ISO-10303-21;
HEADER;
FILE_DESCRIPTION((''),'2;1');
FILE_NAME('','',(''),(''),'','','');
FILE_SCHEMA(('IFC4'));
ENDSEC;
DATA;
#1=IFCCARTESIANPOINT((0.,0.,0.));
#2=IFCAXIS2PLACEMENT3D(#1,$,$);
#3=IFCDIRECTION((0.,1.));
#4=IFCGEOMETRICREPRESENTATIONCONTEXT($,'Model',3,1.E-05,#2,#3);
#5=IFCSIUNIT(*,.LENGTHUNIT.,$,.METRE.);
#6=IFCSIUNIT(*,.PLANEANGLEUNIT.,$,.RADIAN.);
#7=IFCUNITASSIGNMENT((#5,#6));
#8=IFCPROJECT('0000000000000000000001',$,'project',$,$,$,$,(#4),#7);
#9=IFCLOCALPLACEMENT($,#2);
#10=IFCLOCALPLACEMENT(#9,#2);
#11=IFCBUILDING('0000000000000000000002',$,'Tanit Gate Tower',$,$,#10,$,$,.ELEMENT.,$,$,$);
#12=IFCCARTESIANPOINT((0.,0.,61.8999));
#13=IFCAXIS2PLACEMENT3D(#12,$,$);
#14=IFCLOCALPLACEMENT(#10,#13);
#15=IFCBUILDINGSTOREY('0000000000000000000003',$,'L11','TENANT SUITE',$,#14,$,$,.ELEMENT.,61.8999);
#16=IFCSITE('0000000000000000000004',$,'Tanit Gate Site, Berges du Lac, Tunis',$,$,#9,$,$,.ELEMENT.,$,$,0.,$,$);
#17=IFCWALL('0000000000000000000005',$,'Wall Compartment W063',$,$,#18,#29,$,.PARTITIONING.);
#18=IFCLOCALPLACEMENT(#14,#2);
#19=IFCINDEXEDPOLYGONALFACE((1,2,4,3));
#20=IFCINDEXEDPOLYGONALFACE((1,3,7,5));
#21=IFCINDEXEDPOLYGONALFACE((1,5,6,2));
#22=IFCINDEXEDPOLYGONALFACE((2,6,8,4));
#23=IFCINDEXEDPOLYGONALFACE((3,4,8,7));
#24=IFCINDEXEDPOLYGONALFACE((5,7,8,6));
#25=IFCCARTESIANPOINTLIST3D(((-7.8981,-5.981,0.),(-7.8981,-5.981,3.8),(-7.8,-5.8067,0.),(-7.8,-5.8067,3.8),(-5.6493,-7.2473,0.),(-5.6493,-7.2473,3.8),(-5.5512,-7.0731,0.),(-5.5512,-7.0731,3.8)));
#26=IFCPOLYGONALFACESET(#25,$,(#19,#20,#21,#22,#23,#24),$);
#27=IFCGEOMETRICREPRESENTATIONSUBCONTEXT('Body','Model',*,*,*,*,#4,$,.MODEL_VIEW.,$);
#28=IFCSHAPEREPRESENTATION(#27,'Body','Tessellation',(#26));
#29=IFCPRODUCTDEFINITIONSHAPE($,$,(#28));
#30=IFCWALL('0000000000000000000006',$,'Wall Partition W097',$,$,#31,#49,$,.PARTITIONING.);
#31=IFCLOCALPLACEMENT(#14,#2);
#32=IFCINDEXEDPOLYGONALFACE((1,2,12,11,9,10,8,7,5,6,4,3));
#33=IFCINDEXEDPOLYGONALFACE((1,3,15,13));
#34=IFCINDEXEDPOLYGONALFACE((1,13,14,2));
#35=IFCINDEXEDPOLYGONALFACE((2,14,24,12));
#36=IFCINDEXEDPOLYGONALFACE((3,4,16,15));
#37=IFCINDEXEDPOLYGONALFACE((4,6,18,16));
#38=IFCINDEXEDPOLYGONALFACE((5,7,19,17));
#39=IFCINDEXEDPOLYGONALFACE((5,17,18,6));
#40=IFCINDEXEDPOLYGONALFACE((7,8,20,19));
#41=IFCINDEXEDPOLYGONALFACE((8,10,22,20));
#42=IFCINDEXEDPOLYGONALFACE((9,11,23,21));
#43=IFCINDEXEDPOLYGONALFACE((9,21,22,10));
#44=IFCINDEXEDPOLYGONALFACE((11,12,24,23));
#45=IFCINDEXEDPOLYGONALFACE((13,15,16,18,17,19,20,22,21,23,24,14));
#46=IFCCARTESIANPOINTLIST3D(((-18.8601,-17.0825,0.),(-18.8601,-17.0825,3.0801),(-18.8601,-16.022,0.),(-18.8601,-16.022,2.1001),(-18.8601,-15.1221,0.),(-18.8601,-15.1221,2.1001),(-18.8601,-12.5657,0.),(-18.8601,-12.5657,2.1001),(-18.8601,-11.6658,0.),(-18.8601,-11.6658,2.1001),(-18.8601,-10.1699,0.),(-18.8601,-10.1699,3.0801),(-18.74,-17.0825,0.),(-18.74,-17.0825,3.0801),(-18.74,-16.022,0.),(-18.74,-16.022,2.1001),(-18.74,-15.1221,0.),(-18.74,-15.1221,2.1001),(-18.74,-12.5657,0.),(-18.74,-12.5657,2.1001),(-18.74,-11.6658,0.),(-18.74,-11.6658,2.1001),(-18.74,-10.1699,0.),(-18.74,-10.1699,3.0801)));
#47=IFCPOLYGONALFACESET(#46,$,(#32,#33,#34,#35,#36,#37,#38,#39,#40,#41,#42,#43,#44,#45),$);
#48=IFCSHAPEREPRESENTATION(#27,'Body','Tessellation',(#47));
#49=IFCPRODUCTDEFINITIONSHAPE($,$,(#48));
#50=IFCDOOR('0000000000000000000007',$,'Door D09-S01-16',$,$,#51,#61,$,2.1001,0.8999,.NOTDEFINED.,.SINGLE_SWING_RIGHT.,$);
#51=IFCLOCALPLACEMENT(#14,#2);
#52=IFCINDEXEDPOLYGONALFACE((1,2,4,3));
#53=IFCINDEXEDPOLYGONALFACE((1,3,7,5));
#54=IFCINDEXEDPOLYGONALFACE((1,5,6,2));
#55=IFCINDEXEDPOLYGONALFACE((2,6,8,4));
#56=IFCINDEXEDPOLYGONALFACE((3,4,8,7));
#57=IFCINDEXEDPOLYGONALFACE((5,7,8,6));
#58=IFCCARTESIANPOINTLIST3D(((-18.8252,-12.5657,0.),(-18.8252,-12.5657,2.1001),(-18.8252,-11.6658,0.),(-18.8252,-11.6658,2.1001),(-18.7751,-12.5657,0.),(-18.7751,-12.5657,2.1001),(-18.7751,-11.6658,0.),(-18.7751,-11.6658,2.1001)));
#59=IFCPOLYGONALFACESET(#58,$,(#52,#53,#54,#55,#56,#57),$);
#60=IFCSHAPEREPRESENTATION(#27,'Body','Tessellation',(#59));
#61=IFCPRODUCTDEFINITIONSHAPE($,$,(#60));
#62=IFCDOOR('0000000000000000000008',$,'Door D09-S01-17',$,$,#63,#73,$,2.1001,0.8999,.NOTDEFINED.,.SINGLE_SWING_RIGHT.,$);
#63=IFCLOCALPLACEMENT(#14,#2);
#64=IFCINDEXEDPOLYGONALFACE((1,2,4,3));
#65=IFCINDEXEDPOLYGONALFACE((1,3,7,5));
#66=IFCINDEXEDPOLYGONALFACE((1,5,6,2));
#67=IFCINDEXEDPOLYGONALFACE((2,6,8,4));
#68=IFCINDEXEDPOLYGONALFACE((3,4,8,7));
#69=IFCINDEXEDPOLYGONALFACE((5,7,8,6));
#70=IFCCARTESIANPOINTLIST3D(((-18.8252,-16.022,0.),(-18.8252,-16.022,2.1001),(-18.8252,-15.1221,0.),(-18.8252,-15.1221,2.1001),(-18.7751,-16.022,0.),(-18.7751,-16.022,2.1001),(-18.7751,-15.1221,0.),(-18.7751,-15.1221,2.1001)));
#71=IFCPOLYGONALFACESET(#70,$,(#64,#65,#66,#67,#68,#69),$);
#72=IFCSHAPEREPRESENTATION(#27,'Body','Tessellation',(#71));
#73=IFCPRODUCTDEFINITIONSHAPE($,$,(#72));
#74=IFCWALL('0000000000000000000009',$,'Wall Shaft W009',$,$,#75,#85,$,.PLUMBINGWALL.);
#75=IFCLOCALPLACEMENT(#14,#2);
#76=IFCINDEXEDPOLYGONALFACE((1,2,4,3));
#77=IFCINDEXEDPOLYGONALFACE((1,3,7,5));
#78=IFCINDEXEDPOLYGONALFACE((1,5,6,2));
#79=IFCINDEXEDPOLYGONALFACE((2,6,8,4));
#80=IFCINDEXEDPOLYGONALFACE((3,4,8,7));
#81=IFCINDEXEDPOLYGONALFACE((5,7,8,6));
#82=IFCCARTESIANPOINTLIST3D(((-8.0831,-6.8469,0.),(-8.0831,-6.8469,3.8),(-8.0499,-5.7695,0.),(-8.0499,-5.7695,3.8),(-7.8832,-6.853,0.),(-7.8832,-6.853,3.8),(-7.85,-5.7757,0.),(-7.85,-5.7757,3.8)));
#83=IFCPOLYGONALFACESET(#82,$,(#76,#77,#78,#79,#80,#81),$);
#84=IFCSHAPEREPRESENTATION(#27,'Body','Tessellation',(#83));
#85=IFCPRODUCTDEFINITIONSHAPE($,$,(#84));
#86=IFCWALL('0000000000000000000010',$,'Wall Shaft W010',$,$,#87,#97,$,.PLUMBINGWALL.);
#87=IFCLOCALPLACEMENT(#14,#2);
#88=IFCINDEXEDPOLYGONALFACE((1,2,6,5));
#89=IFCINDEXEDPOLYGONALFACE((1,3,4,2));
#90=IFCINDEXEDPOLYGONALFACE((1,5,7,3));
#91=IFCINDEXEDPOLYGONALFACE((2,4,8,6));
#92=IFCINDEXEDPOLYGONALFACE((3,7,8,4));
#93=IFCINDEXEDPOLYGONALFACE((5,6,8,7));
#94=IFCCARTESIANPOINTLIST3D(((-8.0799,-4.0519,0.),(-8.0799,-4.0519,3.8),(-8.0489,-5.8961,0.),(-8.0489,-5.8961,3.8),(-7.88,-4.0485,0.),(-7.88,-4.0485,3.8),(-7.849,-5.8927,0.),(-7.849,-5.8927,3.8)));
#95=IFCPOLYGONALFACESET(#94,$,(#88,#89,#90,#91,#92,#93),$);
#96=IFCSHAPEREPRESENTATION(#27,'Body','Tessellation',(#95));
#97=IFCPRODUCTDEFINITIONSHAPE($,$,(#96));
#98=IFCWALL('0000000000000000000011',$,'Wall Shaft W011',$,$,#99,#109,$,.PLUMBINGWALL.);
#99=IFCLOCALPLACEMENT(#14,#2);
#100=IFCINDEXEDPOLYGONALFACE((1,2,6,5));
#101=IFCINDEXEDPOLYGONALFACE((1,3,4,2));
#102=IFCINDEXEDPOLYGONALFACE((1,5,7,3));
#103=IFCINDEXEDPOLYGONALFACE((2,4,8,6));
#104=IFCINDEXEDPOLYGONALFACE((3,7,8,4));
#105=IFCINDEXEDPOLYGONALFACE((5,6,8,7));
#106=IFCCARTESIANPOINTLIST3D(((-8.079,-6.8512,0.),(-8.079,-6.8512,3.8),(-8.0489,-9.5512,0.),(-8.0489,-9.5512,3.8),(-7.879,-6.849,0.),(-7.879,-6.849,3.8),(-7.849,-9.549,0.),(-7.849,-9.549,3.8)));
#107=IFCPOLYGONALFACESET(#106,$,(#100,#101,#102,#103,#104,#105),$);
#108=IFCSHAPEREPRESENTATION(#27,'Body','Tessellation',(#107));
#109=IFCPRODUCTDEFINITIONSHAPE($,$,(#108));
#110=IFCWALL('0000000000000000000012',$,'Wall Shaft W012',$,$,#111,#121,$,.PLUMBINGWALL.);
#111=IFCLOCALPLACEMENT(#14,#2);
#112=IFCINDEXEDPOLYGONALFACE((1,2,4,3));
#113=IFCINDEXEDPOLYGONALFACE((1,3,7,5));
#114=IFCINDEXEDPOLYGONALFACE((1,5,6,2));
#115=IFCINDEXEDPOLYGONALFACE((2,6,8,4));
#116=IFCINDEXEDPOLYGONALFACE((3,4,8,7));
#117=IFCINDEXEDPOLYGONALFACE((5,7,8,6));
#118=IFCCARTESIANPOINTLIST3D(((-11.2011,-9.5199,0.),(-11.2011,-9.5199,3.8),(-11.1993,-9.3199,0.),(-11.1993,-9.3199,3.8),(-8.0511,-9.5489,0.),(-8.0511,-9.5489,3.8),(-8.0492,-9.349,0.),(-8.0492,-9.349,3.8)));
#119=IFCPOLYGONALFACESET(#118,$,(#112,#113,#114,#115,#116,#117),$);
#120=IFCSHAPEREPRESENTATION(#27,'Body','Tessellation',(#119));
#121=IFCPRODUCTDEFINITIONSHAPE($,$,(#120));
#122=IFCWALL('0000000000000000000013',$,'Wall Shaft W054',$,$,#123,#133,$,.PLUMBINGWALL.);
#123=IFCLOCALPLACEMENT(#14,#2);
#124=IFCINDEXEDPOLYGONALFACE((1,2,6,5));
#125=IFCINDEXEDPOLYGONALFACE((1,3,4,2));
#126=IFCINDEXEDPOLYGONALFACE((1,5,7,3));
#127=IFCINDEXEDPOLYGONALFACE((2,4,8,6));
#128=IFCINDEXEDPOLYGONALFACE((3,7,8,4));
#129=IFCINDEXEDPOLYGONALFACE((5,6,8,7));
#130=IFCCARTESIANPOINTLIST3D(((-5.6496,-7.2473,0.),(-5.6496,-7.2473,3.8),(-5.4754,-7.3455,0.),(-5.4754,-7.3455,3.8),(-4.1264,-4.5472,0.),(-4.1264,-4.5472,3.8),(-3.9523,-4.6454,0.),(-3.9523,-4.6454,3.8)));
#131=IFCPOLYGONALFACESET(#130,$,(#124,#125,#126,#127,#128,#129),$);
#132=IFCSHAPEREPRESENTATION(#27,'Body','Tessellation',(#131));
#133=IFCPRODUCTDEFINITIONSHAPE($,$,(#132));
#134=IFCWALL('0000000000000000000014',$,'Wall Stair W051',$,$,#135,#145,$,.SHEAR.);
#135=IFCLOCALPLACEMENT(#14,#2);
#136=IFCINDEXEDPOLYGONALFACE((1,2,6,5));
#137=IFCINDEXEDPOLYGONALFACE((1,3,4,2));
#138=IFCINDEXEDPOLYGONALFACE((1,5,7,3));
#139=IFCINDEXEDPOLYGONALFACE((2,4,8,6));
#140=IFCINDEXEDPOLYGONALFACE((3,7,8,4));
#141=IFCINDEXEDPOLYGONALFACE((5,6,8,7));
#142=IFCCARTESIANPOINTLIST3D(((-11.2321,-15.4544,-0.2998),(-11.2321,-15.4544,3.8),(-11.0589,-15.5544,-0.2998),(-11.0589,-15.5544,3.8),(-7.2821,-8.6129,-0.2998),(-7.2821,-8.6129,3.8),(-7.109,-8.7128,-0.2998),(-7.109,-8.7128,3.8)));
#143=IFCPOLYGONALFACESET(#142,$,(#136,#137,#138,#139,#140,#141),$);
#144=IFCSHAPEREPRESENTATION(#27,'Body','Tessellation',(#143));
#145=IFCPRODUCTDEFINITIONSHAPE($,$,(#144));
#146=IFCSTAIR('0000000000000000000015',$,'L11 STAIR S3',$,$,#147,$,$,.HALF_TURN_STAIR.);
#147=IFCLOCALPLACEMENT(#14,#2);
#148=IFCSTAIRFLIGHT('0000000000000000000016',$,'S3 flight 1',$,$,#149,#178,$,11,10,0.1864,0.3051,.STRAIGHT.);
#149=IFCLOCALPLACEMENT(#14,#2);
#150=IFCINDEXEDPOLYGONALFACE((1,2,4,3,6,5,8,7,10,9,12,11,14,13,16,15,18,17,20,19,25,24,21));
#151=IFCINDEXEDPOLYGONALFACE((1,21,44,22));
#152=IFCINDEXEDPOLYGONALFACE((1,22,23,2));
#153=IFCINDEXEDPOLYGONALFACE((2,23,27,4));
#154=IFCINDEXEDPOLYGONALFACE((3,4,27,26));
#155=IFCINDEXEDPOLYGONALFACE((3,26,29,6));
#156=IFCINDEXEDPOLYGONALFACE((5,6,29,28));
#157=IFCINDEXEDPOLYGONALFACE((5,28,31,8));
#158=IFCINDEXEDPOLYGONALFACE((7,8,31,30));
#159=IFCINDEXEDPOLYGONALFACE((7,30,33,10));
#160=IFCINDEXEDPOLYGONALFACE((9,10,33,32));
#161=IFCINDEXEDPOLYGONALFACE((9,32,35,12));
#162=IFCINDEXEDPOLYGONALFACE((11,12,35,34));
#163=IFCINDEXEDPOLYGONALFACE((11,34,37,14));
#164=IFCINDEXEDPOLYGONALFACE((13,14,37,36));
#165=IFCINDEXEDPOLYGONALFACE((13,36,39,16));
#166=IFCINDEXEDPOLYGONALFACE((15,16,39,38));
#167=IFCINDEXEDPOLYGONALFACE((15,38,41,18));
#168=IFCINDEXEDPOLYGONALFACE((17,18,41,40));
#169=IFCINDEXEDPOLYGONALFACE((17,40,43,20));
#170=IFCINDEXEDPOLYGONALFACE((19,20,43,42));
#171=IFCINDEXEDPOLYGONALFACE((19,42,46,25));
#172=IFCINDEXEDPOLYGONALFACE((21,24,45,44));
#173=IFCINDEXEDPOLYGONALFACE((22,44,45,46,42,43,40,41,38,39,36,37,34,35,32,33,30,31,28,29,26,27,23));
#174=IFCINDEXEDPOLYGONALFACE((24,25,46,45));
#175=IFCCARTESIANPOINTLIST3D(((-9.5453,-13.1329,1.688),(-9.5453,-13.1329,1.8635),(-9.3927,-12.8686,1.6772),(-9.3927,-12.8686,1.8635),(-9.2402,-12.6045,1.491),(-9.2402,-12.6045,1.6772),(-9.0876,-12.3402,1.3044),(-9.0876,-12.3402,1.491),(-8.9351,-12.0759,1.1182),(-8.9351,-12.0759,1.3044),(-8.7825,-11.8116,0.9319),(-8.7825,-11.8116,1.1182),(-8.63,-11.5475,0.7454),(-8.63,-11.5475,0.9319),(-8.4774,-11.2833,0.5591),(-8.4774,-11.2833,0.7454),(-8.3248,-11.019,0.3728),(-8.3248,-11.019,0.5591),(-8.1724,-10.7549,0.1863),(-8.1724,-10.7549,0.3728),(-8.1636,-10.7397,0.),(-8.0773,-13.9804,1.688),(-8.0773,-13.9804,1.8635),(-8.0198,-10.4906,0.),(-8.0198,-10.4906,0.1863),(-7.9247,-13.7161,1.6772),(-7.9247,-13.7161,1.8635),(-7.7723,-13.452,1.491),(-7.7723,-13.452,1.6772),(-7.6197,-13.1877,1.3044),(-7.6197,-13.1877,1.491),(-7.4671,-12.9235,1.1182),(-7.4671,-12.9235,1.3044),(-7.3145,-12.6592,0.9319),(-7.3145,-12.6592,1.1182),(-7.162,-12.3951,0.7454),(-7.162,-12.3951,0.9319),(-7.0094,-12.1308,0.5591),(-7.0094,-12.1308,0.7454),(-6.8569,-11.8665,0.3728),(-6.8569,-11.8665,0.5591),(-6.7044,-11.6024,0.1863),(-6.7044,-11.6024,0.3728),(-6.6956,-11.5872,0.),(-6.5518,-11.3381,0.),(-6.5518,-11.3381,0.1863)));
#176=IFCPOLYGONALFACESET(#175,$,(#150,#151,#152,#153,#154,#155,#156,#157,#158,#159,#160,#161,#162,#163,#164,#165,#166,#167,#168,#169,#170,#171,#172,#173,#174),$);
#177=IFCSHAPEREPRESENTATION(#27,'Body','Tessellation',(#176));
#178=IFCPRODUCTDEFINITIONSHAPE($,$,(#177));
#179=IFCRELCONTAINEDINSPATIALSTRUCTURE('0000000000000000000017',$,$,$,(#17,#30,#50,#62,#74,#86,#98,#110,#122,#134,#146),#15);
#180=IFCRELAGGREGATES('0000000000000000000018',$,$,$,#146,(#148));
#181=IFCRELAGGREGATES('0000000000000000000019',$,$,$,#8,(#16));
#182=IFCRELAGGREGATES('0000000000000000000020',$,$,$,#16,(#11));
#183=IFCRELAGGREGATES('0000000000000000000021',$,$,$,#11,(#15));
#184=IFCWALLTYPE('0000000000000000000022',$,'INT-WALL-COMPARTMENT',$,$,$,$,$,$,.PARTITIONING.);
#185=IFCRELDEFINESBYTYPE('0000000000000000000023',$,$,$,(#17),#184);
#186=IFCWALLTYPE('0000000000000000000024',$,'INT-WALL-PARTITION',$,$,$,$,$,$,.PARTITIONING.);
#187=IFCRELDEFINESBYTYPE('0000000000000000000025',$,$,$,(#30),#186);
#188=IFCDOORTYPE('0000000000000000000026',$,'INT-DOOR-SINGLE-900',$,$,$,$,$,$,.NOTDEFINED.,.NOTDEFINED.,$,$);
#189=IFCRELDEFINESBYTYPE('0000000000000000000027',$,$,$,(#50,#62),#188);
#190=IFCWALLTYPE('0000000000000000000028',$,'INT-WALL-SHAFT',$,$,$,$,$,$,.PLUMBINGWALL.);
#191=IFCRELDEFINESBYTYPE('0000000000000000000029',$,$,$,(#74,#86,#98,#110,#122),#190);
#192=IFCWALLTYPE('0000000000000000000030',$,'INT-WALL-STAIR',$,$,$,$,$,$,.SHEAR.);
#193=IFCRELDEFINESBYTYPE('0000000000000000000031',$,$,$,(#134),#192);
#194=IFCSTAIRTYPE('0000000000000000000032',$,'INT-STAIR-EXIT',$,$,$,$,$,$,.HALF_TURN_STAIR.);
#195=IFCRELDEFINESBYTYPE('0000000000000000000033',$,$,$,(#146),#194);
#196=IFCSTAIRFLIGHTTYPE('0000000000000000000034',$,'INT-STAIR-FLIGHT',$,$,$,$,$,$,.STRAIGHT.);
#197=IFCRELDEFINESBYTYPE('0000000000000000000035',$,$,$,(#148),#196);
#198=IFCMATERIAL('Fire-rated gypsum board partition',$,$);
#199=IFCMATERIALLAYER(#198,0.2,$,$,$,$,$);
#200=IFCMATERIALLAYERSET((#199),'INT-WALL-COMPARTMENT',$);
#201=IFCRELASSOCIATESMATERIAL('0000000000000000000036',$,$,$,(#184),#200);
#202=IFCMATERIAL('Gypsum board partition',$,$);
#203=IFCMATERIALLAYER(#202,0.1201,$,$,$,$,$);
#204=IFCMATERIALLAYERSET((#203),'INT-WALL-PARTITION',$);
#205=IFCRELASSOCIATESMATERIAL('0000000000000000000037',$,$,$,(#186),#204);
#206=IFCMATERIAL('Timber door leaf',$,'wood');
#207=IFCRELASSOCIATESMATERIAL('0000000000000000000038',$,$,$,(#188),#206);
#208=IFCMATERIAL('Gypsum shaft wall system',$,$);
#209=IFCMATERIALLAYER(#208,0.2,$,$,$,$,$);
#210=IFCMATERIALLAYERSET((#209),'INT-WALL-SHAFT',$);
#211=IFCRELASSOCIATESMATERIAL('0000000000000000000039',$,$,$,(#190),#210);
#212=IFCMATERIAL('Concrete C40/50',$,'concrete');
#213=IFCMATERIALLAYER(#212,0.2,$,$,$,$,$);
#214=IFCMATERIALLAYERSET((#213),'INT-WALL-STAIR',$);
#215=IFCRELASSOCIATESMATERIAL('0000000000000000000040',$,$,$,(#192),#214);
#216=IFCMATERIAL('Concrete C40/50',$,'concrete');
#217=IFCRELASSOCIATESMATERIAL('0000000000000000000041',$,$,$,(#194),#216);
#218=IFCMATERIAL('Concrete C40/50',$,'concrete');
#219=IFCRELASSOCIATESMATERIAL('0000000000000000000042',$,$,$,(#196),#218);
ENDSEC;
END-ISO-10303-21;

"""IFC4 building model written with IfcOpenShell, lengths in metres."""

from ifc_helpers import new_model, si_unit, direction, frame, frame_2d, origin, place, context, subcontext, project, spatial, polyline, rectangle, outline, extrude, material, layer, layer_set, type_object, element, fill, aggregate, save


model = new_model("IFC4")

# Units and contexts
model_context = context("Model", 3, precision=1e-05, world=origin(), true_north=direction((0.0, 1.0)))
body_context = subcontext(model_context, "Body", "Model", "MODEL_VIEW")
ifc_project = project(units=[si_unit("LENGTHUNIT", "METRE"), si_unit("PLANEANGLEUNIT", "RADIAN")], contexts=[model_context])

# Site, building, storey
site_placement = place(None, origin())
site = spatial("IfcSite", under=ifc_project, at=site_placement, Name="Tanit Gate Site, Berges du Lac, Tunis", CompositionType="ELEMENT", RefElevation=0.0)
building_placement = place(site_placement, origin())
building = spatial("IfcBuilding", under=site, at=building_placement, Name="Tanit Gate Tower", CompositionType="ELEMENT")
storey_placement = place(building_placement, frame((0.0, 0.0, 61.8999)))
storey = spatial("IfcBuildingStorey", under=building, at=storey_placement, Name="L11", Description="TENANT SUITE", CompositionType="ELEMENT", Elevation=61.8999)

# Wall
ifc_material_1 = material(Name="Fire-rated gypsum board partition")
ifc_layer_1 = layer(ifc_material_1, 0.2)
ifc_layer_set_1 = layer_set([ifc_layer_1], Name="INT-WALL-COMPARTMENT")
wall_type_1 = type_object("IfcWallType", Name="INT-WALL-COMPARTMENT", PredefinedType="PARTITIONING", material=ifc_layer_set_1)
wall_1_placement = place(storey_placement, frame((-7.8491, -5.8938, 0.0), z_axis=(0.0, 0.0, 1.0), x_axis=(0.87134, -0.490679, 0.0)))
element("IfcWall", 1, at=wall_1_placement, inside=storey, type_object=wall_type_1, Name="Wall Compartment W063", PredefinedType="PARTITIONING", context=body_context, shape_type="SweptSolid", body=[
    extrude(rectangle(XDim=2.5808, YDim=0.2, at=frame_2d((1.2905, 0.0))), origin(), (0.0, 0.0, 1.0), 3.8),
])

# Wall, openings, doors
ifc_material_2 = material(Name="Gypsum board partition")
ifc_layer_2 = layer(ifc_material_2, 0.1201)
ifc_layer_set_2 = layer_set([ifc_layer_2], Name="INT-WALL-PARTITION")
wall_type_2 = type_object("IfcWallType", Name="INT-WALL-PARTITION", PredefinedType="PARTITIONING", material=ifc_layer_set_2)
wall_2_placement = place(storey_placement, frame((-18.8, -10.1699, 0.0), z_axis=(0.0, 0.0, 1.0), x_axis=(0.0, -1.0, 0.0)))
wall_2 = element("IfcWall", 2, at=wall_2_placement, inside=storey, type_object=wall_type_2, Name="Wall Partition W097", PredefinedType="PARTITIONING", context=body_context, shape_type="SweptSolid", body=[
    extrude(rectangle(XDim=6.9126, YDim=0.1201, at=frame_2d((3.4563, 0.0))), origin(), (0.0, 0.0, 1.0), 3.0801),
])
opening_1_placement = place(wall_2_placement, frame((1.4958, 0.0, 0.0)))
opening_1 = element("IfcOpeningElement", 3, at=opening_1_placement, cuts=wall_2, PredefinedType="OPENING", context=body_context, shape_type="SweptSolid", body=[
    extrude(rectangle(XDim=0.8999, YDim=2.1001, at=frame_2d((0.45, 1.05))), frame((0.0, 0.0701, 0.0), z_axis=(0.0, -1.0, 0.0), x_axis=(1.0, 0.0, 0.0)), (0.0, 0.0, 1.0), 0.1401),
])
opening_2_placement = place(wall_2_placement, frame((4.9521, 0.0, 0.0)))
opening_2 = element("IfcOpeningElement", 4, at=opening_2_placement, cuts=wall_2, PredefinedType="OPENING", context=body_context, shape_type="SweptSolid", body=[
    extrude(rectangle(XDim=0.8999, YDim=2.1001, at=frame_2d((0.45, 1.05))), frame((0.0, 0.0701, 0.0), z_axis=(0.0, -1.0, 0.0), x_axis=(1.0, 0.0, 0.0)), (0.0, 0.0, 1.0), 0.1401),
])
ifc_material_3 = material(Name="Timber door leaf", Category="wood")
door_type = type_object("IfcDoorType", Name="INT-DOOR-SINGLE-900", OperationType="NOTDEFINED", PredefinedType="NOTDEFINED", material=ifc_material_3)
door_1_placement = place(opening_1_placement, origin())
door_1 = element("IfcDoor", 5, at=door_1_placement, inside=storey, type_object=door_type, Name="Door D09-S01-16", OperationType="SINGLE_SWING_RIGHT", OverallHeight=2.1001, OverallWidth=0.8999, PredefinedType="NOTDEFINED", context=body_context, shape_type="SweptSolid", body=[
    extrude(rectangle(XDim=0.8999, YDim=2.1001, at=frame_2d((0.45, 1.05))), frame((0.0, 0.0249, 0.0), z_axis=(0.0, -1.0, 0.0), x_axis=(1.0, 0.0, 0.0)), (0.0, 0.0, 1.0), 0.05),
])
fill(opening_1, door_1)
door_2_placement = place(opening_2_placement, origin())
door_2 = element("IfcDoor", 6, at=door_2_placement, inside=storey, type_object=door_type, Name="Door D09-S01-17", OperationType="SINGLE_SWING_RIGHT", OverallHeight=2.1001, OverallWidth=0.8999, PredefinedType="NOTDEFINED", context=body_context, shape_type="SweptSolid", body=[
    extrude(rectangle(XDim=0.8999, YDim=2.1001, at=frame_2d((0.45, 1.05))), frame((0.0, 0.0249, 0.0), z_axis=(0.0, -1.0, 0.0), x_axis=(1.0, 0.0, 0.0)), (0.0, 0.0, 1.0), 0.05),
])
fill(opening_2, door_2)

# Walls
ifc_material_4 = material(Name="Gypsum shaft wall system")
ifc_layer_3 = layer(ifc_material_4, 0.2)
ifc_layer_set_3 = layer_set([ifc_layer_3], Name="INT-WALL-SHAFT")
wall_type_3 = type_object("IfcWallType", Name="INT-WALL-SHAFT", PredefinedType="PLUMBINGWALL", material=ifc_layer_set_3)
wall_3_placement = place(storey_placement, frame((-7.95, -5.7725, 0.0), z_axis=(0.0, 0.0, 1.0), x_axis=(-0.030803, -0.999525, 0.0)))
element("IfcWall", 7, at=wall_3_placement, inside=storey, type_object=wall_type_3, Name="Wall Shaft W009", PredefinedType="PLUMBINGWALL", context=body_context, shape_type="SweptSolid", body=[
    extrude(rectangle(XDim=1.0779, YDim=0.2, at=frame_2d((0.5391, 0.0))), origin(), (0.0, 0.0, 1.0), 3.8),
])
wall_4_placement = place(storey_placement, frame((-7.98, -4.05, 0.0), z_axis=(0.0, 0.0, 1.0), x_axis=(0.01681, -0.999859, 0.0)))
element("IfcWall", 8, at=wall_4_placement, inside=storey, type_object=wall_type_3, Name="Wall Shaft W010", PredefinedType="PLUMBINGWALL", context=body_context, shape_type="SweptSolid", body=[
    extrude(rectangle(XDim=1.8445, YDim=0.2, at=frame_2d((0.9224, 0.0))), origin(), (0.0, 0.0, 1.0), 3.8),
])
wall_5_placement = place(storey_placement, frame((-7.979, -6.8501, 0.0), z_axis=(0.0, 0.0, 1.0), x_axis=(0.011121, -0.999938, 0.0)))
element("IfcWall", 9, at=wall_5_placement, inside=storey, type_object=wall_type_3, Name="Wall Shaft W011", PredefinedType="PLUMBINGWALL", context=body_context, shape_type="SweptSolid", body=[
    extrude(rectangle(XDim=2.7002, YDim=0.2, at=frame_2d((1.3501, 0.0))), origin(), (0.0, 0.0, 1.0), 3.8),
])
wall_6_placement = place(storey_placement, frame((-8.05, -9.449, 0.0), z_axis=(0.0, 0.0, 1.0), x_axis=(-0.999957, 0.009223, 0.0)))
element("IfcWall", 10, at=wall_6_placement, inside=storey, type_object=wall_type_3, Name="Wall Shaft W012", PredefinedType="PLUMBINGWALL", context=body_context, shape_type="SweptSolid", body=[
    extrude(rectangle(XDim=3.1501, YDim=0.2, at=frame_2d((1.5752, 0.0))), origin(), (0.0, 0.0, 1.0), 3.8),
])
wall_7_placement = place(storey_placement, frame((-5.5625, -7.2964, 0.0), z_axis=(0.0, 0.0, 1.0), x_axis=(0.491323, 0.870978, 0.0)))
element("IfcWall", 11, at=wall_7_placement, inside=storey, type_object=wall_type_3, Name="Wall Shaft W054", PredefinedType="PLUMBINGWALL", context=body_context, shape_type="SweptSolid", body=[
    extrude(rectangle(XDim=3.1001, YDim=0.2, at=frame_2d((1.55, 0.0))), origin(), (0.0, 0.0, 1.0), 3.8),
])
ifc_material_5 = material(Name="Concrete C40/50", Category="concrete")
ifc_layer_4 = layer(ifc_material_5, 0.2)
ifc_layer_set_4 = layer_set([ifc_layer_4], Name="INT-WALL-STAIR")
wall_type_4 = type_object("IfcWallType", Name="INT-WALL-STAIR", PredefinedType="SHEAR", material=ifc_layer_set_4)
wall_8_placement = place(storey_placement, frame((-7.1956, -8.6628, -0.2998), z_axis=(0.0, 0.0, 1.0), x_axis=(-0.499998, -0.866027, 0.0)))
element("IfcWall", 12, at=wall_8_placement, inside=storey, type_object=wall_type_4, Name="Wall Stair W051", PredefinedType="SHEAR", context=body_context, shape_type="SweptSolid", body=[
    extrude(rectangle(XDim=7.8999, YDim=0.2, at=frame_2d((3.95, 0.0))), origin(), (0.0, 0.0, 1.0), 4.0999),
])

# Stair, stair flight
ifc_material_6 = material(Name="Concrete C40/50", Category="concrete")
stair_type = type_object("IfcStairType", Name="INT-STAIR-EXIT", PredefinedType="HALF_TURN_STAIR", material=ifc_material_6)
stair_placement = place(storey_placement, origin())
stair = element("IfcStair", 13, at=stair_placement, inside=storey, type_object=stair_type, Name="L11 STAIR S3", PredefinedType="HALF_TURN_STAIR")
ifc_material_7 = material(Name="Concrete C40/50", Category="concrete")
stair_flight_type = type_object("IfcStairFlightType", Name="INT-STAIR-FLIGHT", PredefinedType="STRAIGHT", material=ifc_material_7)
stair_flight_placement = place(storey_placement, frame((-7.2859, -10.9143, 0.0), z_axis=(0.0, 0.0, 1.0), x_axis=(-0.5, -0.866025, 0.0)))
stair_flight = element("IfcStairFlight", 14, at=stair_flight_placement, type_object=stair_flight_type, Name="S3 flight 1", NumberOfRisers=11, NumberOfTreads=10, PredefinedType="STRAIGHT", RiserHeight=0.1864, TreadLength=0.3051, context=body_context, shape_type="SweptSolid", body=[
    extrude(outline(polyline([(0.0, 0.0), (0.0, 0.1863), (0.3052, 0.1863), (0.3052, 0.3728), (0.6101, 0.3728), (0.6101, 0.5591), (0.9153, 0.5591), (0.9153, 0.7454), (1.2205, 0.7454), (1.2205, 0.9319), (1.5254, 0.9319), (1.5254, 1.1182), (1.8306, 1.1182), (1.8306, 1.3044), (2.1357, 1.3044), (2.1357, 1.491), (2.4409, 1.491), (2.4409, 1.6772), (2.7458, 1.6772), (2.7458, 1.8635), (3.051, 1.8635), (3.051, 2.05), (3.051, 1.688), (0.2876, 0.0), (0.0, 0.0)])), frame((0.0, 0.8477, 0.0), z_axis=(0.0, -1.0, 0.0), x_axis=(1.0, 0.0, 0.0)), (0.0, 0.0, 1.0), 1.6951),
])
aggregate(stair, [stair_flight])

save(model, "model.ifc")
